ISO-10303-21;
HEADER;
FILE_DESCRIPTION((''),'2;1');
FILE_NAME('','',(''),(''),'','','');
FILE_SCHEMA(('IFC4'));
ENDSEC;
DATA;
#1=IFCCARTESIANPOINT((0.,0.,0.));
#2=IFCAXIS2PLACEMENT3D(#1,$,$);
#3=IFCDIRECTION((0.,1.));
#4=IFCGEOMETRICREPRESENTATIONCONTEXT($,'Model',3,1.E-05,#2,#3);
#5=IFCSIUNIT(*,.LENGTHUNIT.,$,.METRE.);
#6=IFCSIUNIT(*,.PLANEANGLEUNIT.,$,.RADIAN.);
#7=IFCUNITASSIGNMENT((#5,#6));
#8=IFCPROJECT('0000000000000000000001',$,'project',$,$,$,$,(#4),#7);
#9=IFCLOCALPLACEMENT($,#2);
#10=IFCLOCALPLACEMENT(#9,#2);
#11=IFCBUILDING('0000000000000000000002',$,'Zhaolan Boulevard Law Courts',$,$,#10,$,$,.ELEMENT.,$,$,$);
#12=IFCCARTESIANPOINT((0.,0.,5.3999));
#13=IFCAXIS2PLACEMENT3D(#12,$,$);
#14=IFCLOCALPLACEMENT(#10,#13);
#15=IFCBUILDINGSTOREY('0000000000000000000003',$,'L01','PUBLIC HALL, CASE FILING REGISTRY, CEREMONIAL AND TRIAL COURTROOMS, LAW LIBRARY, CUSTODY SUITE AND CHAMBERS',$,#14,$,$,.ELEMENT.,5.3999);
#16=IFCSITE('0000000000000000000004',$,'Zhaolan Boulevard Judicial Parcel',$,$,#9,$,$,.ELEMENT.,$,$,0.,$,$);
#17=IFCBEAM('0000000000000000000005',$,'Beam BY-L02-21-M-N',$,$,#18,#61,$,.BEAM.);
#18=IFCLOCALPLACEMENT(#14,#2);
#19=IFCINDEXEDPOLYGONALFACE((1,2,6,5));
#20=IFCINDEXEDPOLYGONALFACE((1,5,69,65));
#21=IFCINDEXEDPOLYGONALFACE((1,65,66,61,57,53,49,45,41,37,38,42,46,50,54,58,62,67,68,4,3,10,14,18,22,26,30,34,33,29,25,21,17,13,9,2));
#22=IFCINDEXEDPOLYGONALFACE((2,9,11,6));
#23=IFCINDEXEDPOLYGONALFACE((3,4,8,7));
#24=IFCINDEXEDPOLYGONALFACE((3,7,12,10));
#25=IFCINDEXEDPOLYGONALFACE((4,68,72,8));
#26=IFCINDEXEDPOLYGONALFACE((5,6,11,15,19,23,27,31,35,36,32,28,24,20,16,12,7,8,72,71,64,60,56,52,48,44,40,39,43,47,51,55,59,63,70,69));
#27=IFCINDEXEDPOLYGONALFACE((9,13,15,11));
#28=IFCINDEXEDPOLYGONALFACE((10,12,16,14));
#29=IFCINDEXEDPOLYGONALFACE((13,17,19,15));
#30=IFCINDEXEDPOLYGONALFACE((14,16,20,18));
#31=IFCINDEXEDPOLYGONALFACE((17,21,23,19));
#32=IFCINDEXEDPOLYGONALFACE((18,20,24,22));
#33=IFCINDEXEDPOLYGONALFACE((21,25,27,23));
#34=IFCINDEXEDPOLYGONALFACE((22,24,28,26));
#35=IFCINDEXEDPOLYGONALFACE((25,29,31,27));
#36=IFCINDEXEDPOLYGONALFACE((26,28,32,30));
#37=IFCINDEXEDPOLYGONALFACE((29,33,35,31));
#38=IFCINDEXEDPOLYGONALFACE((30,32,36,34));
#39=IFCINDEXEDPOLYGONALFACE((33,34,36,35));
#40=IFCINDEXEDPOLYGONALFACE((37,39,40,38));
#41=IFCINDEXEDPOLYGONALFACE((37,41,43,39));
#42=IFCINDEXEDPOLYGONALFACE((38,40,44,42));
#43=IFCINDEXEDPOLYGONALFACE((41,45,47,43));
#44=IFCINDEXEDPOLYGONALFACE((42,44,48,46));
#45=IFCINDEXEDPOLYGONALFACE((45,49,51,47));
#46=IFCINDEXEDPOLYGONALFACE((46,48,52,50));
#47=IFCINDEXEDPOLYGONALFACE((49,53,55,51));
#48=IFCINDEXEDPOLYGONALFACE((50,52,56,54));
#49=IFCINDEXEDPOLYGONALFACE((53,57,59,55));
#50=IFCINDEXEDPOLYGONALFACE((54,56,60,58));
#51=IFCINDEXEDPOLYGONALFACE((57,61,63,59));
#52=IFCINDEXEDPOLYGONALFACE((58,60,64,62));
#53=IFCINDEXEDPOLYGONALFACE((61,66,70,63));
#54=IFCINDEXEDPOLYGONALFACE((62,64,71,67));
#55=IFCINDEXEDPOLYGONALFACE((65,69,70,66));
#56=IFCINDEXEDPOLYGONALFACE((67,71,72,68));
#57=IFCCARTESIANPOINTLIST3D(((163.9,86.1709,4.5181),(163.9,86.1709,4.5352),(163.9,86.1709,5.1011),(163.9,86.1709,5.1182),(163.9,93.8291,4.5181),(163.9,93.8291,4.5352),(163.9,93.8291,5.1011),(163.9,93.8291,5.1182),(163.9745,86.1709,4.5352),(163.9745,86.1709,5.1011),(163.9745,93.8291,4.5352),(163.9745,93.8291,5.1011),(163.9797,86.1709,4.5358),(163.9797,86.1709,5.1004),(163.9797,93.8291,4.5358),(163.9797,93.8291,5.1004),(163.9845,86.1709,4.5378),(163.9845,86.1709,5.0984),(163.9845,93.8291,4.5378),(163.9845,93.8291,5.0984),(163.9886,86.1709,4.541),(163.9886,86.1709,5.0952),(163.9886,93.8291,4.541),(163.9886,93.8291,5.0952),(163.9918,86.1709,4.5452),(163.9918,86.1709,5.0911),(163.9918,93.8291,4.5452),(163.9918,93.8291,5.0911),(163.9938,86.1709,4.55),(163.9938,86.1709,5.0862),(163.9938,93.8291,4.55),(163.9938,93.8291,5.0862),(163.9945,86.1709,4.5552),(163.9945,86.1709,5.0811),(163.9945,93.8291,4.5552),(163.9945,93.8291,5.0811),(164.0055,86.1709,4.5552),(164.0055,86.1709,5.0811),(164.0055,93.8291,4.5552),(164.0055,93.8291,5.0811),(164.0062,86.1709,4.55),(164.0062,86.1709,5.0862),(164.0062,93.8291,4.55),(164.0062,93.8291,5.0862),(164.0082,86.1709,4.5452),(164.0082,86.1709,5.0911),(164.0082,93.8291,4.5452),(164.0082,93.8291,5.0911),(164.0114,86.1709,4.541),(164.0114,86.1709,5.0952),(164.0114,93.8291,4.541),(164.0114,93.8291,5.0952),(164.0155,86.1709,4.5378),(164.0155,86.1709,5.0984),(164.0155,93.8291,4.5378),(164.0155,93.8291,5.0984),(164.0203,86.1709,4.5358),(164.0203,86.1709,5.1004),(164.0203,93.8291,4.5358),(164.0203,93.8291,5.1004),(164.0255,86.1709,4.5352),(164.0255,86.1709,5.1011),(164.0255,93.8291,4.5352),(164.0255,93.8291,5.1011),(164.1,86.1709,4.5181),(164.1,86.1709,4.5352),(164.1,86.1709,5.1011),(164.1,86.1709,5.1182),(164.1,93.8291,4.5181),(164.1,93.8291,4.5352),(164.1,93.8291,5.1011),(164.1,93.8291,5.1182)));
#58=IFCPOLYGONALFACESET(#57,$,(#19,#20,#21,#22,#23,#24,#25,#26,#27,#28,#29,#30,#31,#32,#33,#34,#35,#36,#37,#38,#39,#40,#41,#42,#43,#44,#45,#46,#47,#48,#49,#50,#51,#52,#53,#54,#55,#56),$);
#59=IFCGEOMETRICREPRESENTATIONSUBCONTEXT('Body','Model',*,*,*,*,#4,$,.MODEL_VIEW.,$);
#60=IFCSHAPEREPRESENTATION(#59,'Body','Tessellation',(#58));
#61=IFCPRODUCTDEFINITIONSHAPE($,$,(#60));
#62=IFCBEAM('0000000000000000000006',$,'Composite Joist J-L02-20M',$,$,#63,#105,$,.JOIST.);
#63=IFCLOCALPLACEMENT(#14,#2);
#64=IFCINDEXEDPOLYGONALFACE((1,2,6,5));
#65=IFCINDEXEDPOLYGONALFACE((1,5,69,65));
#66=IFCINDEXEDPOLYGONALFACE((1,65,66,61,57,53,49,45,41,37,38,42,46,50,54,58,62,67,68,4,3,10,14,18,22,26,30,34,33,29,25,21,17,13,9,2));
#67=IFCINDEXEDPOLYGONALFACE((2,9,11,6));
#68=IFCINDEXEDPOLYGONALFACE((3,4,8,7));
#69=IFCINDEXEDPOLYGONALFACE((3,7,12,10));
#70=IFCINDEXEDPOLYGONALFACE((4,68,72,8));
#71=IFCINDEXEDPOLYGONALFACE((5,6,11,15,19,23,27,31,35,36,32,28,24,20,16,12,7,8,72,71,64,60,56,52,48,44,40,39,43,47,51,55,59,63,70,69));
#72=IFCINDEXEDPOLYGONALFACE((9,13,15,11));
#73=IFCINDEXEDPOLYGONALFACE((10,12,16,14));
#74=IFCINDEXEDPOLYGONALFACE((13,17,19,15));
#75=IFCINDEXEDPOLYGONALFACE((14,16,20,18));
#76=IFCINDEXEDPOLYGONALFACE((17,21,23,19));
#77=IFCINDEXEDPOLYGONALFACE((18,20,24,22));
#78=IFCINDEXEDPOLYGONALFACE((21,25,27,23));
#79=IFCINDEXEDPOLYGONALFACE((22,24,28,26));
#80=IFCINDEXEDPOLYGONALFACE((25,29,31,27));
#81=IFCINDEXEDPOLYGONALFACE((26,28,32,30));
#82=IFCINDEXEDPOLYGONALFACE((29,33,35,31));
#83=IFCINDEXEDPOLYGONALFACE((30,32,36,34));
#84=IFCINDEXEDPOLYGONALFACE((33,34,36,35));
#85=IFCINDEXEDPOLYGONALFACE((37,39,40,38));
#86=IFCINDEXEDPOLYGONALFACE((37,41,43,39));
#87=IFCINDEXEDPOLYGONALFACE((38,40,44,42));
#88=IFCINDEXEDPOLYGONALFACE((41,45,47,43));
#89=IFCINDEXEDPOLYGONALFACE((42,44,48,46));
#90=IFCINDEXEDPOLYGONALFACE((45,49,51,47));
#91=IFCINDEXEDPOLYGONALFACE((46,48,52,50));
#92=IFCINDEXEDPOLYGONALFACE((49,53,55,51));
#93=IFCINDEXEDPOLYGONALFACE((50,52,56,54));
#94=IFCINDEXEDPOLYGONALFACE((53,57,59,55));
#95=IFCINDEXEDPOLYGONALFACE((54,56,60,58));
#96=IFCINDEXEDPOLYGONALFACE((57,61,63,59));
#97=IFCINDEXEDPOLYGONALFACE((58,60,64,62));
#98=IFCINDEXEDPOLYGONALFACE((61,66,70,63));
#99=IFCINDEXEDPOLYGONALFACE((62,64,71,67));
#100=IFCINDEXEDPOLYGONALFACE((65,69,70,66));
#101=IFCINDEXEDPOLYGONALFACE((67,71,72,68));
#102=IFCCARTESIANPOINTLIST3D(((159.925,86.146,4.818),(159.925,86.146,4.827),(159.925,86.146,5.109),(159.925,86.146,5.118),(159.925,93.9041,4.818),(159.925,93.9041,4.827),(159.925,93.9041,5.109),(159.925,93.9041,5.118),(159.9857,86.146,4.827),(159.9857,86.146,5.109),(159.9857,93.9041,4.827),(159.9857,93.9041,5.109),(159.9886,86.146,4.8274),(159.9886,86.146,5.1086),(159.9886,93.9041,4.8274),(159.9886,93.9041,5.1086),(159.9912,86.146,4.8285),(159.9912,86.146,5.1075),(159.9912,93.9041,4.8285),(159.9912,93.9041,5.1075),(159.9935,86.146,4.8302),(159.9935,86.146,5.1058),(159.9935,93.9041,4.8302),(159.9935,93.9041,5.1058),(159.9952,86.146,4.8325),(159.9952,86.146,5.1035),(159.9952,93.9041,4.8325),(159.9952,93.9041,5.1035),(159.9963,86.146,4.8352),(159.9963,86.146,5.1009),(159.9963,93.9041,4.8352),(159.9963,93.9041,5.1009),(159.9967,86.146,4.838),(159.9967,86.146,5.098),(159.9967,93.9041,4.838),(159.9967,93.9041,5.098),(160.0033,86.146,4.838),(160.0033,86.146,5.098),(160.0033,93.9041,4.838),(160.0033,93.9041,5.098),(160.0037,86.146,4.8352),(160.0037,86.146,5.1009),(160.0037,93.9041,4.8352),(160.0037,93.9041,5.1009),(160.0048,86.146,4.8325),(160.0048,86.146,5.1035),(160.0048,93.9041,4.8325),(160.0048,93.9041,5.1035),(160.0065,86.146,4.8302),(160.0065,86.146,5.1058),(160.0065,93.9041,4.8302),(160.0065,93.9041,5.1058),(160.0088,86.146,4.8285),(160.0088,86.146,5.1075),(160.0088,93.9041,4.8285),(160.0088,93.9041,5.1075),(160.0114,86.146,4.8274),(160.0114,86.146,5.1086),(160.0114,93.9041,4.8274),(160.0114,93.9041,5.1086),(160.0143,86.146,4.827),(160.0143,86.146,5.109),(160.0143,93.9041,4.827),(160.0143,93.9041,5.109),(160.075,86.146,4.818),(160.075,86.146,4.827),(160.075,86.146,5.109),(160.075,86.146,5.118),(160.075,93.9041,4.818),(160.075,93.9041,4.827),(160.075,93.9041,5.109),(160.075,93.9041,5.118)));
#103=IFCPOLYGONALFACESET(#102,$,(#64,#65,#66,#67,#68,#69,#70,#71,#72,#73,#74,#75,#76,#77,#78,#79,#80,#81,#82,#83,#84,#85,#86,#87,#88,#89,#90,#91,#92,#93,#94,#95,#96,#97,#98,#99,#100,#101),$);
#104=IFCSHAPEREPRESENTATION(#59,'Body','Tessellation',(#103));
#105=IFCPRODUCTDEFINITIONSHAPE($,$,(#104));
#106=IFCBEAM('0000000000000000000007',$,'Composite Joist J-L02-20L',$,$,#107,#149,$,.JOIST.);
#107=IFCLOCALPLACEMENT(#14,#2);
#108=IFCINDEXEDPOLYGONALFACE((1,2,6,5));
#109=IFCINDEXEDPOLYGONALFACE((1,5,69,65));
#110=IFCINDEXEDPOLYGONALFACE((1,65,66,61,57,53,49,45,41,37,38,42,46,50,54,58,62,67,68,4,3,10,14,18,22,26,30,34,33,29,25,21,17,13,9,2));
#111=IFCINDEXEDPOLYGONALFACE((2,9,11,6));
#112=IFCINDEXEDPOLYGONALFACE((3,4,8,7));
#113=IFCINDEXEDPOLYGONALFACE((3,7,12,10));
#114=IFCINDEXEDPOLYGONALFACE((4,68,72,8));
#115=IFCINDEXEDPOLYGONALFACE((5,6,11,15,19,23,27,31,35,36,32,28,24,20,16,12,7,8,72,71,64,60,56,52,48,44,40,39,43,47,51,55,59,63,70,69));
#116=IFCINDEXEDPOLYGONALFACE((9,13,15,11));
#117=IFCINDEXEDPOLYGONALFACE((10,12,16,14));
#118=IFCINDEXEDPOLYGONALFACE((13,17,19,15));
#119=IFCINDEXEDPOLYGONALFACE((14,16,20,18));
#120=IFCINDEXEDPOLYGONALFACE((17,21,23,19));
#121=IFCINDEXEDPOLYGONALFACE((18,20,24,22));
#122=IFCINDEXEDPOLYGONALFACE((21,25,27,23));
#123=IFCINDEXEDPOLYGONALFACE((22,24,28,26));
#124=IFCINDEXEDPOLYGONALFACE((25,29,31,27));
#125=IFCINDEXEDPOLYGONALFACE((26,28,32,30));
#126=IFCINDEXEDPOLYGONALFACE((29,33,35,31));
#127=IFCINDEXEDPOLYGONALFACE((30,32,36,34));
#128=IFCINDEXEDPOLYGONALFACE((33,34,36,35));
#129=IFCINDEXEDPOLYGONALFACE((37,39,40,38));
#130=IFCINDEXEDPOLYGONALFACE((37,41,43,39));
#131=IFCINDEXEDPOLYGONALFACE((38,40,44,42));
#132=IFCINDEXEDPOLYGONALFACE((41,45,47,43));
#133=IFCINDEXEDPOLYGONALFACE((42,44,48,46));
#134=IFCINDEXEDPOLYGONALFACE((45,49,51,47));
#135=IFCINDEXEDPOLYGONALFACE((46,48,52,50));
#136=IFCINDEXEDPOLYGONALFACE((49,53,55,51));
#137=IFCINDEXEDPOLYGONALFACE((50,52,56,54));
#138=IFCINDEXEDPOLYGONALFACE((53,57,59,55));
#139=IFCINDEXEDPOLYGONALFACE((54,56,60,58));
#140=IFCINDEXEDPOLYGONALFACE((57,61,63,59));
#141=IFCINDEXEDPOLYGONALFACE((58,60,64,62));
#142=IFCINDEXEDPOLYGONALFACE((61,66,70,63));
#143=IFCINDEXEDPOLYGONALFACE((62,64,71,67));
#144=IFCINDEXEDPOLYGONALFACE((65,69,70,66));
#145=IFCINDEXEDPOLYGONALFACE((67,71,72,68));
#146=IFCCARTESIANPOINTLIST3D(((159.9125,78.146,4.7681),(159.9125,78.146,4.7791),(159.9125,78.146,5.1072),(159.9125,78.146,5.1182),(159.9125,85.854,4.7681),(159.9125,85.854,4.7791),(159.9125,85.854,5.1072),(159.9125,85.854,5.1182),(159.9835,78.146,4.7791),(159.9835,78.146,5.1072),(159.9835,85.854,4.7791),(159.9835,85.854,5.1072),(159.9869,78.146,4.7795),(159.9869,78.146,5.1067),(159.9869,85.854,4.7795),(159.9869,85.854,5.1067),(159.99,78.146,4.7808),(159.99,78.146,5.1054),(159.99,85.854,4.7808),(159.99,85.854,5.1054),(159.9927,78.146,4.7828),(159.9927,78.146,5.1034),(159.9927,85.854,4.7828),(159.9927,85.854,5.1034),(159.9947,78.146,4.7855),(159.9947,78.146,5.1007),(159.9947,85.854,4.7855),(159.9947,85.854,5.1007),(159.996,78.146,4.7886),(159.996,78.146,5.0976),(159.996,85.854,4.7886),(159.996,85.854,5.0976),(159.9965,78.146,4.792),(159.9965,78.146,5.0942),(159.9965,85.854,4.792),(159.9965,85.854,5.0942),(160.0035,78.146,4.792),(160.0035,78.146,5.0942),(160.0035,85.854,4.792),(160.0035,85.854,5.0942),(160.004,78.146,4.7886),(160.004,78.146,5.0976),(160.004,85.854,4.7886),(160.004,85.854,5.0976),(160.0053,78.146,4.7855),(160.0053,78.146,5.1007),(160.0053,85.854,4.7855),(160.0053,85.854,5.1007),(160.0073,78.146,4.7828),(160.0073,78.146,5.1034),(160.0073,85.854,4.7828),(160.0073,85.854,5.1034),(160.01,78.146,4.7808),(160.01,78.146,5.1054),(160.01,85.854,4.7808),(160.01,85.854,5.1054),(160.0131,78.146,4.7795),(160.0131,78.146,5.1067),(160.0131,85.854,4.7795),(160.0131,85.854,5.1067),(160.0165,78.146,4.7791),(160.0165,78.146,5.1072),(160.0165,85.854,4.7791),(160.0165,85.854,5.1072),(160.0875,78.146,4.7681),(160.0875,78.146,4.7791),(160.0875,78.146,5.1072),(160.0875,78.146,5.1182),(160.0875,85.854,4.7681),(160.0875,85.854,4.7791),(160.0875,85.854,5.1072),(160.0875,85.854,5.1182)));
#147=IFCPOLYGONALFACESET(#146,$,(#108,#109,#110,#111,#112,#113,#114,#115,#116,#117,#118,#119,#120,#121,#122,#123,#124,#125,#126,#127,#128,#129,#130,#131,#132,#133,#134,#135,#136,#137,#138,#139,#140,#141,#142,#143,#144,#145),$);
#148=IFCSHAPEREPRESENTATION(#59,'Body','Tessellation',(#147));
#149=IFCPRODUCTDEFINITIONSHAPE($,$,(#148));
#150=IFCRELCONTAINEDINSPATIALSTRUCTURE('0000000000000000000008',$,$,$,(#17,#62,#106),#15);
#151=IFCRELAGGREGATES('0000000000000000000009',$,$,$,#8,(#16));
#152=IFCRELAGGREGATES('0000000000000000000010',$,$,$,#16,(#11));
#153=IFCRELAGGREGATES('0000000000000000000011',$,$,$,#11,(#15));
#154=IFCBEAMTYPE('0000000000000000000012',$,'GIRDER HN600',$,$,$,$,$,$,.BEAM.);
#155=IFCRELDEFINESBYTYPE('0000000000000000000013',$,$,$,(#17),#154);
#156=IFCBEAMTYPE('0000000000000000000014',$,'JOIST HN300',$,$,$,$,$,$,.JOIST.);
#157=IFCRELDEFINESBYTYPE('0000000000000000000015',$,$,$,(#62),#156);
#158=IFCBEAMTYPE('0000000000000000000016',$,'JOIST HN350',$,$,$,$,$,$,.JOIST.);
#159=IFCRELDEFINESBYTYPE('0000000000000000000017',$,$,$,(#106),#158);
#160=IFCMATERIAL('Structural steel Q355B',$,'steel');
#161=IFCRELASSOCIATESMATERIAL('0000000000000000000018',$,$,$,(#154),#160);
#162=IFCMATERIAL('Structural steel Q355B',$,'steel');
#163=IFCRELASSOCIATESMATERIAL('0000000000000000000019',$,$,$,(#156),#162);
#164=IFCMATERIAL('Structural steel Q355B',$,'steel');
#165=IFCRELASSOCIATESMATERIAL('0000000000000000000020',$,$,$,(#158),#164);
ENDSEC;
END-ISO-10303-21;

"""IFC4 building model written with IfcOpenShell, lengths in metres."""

from ifc_helpers import new_model, si_unit, direction, frame, origin, origin_2d, place, context, subcontext, project, spatial, i_section, extrude, material, material_profile, profile_set, type_object, element, save


model = new_model("IFC4")

# Units and contexts
model_context = context("Model", 3, precision=1e-05, world=origin(), true_north=direction((0.0, 1.0)))
body_context = subcontext(model_context, "Body", "Model", "MODEL_VIEW")
ifc_project = project(units=[si_unit("LENGTHUNIT", "METRE"), si_unit("PLANEANGLEUNIT", "RADIAN")], contexts=[model_context])

# Site, building, storey
site_placement = place(None, origin())
site = spatial("IfcSite", under=ifc_project, at=site_placement, Name="Zhaolan Boulevard Judicial Parcel", CompositionType="ELEMENT", RefElevation=0.0)
building_placement = place(site_placement, origin())
building = spatial("IfcBuilding", under=site, at=building_placement, Name="Zhaolan Boulevard Law Courts", CompositionType="ELEMENT")
storey_placement = place(building_placement, frame((0.0, 0.0, 5.3999)))
storey = spatial("IfcBuildingStorey", under=building, at=storey_placement, Name="L01", Description="PUBLIC HALL, CASE FILING REGISTRY, CEREMONIAL AND TRIAL COURTROOMS, LAW LIBRARY, CUSTODY SUITE AND CHAMBERS", CompositionType="ELEMENT", Elevation=5.3999)

# Beams
ifc_material_1 = material(Name="Structural steel Q355B", Category="steel")
ifc_material_profile_1 = material_profile(ifc_material_1, i_section(OverallWidth=0.2, OverallDepth=0.6001, WebThickness=0.011, FlangeThickness=0.0171, FilletRadius=0.02, at=origin_2d()), Name="HN600x200")
ifc_profile_set_1 = profile_set([ifc_material_profile_1], Name="Structural steel Q355B")
beam_type_1 = type_object("IfcBeamType", Name="GIRDER HN600", PredefinedType="BEAM", material=ifc_profile_set_1)
for number, where, z_axis, x_axis, name in (
    (1, (164.0, 86.1709, 4.8181), (0.0, 1.0, 0.0), (-1.0, 0.0, 0.0), "Beam BY-L02-21-M-N"),
):
    element("IfcBeam", number, at=place(storey_placement, frame(where, z_axis=z_axis, x_axis=x_axis)), inside=storey, type_object=beam_type_1, Name=name, PredefinedType="BEAM", context=body_context, shape_type="SweptSolid", body=[
        extrude(i_section(OverallWidth=0.2, OverallDepth=0.6001, WebThickness=0.011, FlangeThickness=0.0171, FilletRadius=0.02, at=origin_2d()), origin(), (0.0, 0.0, 1.0), 7.6582),
    ])
ifc_material_2 = material(Name="Structural steel Q355B", Category="steel")
ifc_material_profile_2 = material_profile(ifc_material_2, i_section(OverallWidth=0.1499, OverallDepth=0.3, WebThickness=0.0066, FlangeThickness=0.009, FilletRadius=0.011, at=origin_2d()), Name="HN300x150")
ifc_profile_set_2 = profile_set([ifc_material_profile_2], Name="Structural steel Q355B")
beam_type_2 = type_object("IfcBeamType", Name="JOIST HN300", PredefinedType="JOIST", material=ifc_profile_set_2)
beam_1_placement = place(storey_placement, frame((160.0, 86.146, 4.968), z_axis=(0.0, 1.0, 0.0), x_axis=(-1.0, 0.0, 0.0)))
element("IfcBeam", 2, at=beam_1_placement, inside=storey, type_object=beam_type_2, Name="Composite Joist J-L02-20M", PredefinedType="JOIST", context=body_context, shape_type="SweptSolid", body=[
    extrude(i_section(OverallWidth=0.1499, OverallDepth=0.3, WebThickness=0.0066, FlangeThickness=0.009, FilletRadius=0.011, at=origin_2d()), origin(), (0.0, 0.0, 1.0), 7.7581),
])
ifc_material_3 = material(Name="Structural steel Q355B", Category="steel")
ifc_material_profile_3 = material_profile(ifc_material_3, i_section(OverallWidth=0.175, OverallDepth=0.3501, WebThickness=0.0071, FlangeThickness=0.011, FilletRadius=0.0129, at=origin_2d()), Name="HN350x175")
ifc_profile_set_3 = profile_set([ifc_material_profile_3], Name="Structural steel Q355B")
beam_type_3 = type_object("IfcBeamType", Name="JOIST HN350", PredefinedType="JOIST", material=ifc_profile_set_3)
beam_2_placement = place(storey_placement, frame((160.0, 78.146, 4.9431), z_axis=(0.0, 1.0, 0.0), x_axis=(-1.0, 0.0, 0.0)))
element("IfcBeam", 3, at=beam_2_placement, inside=storey, type_object=beam_type_3, Name="Composite Joist J-L02-20L", PredefinedType="JOIST", context=body_context, shape_type="SweptSolid", body=[
    extrude(i_section(OverallWidth=0.175, OverallDepth=0.3501, WebThickness=0.0071, FlangeThickness=0.011, FilletRadius=0.0129, at=origin_2d()), origin(), (0.0, 0.0, 1.0), 7.708),
])

save(model, "model.ifc")
